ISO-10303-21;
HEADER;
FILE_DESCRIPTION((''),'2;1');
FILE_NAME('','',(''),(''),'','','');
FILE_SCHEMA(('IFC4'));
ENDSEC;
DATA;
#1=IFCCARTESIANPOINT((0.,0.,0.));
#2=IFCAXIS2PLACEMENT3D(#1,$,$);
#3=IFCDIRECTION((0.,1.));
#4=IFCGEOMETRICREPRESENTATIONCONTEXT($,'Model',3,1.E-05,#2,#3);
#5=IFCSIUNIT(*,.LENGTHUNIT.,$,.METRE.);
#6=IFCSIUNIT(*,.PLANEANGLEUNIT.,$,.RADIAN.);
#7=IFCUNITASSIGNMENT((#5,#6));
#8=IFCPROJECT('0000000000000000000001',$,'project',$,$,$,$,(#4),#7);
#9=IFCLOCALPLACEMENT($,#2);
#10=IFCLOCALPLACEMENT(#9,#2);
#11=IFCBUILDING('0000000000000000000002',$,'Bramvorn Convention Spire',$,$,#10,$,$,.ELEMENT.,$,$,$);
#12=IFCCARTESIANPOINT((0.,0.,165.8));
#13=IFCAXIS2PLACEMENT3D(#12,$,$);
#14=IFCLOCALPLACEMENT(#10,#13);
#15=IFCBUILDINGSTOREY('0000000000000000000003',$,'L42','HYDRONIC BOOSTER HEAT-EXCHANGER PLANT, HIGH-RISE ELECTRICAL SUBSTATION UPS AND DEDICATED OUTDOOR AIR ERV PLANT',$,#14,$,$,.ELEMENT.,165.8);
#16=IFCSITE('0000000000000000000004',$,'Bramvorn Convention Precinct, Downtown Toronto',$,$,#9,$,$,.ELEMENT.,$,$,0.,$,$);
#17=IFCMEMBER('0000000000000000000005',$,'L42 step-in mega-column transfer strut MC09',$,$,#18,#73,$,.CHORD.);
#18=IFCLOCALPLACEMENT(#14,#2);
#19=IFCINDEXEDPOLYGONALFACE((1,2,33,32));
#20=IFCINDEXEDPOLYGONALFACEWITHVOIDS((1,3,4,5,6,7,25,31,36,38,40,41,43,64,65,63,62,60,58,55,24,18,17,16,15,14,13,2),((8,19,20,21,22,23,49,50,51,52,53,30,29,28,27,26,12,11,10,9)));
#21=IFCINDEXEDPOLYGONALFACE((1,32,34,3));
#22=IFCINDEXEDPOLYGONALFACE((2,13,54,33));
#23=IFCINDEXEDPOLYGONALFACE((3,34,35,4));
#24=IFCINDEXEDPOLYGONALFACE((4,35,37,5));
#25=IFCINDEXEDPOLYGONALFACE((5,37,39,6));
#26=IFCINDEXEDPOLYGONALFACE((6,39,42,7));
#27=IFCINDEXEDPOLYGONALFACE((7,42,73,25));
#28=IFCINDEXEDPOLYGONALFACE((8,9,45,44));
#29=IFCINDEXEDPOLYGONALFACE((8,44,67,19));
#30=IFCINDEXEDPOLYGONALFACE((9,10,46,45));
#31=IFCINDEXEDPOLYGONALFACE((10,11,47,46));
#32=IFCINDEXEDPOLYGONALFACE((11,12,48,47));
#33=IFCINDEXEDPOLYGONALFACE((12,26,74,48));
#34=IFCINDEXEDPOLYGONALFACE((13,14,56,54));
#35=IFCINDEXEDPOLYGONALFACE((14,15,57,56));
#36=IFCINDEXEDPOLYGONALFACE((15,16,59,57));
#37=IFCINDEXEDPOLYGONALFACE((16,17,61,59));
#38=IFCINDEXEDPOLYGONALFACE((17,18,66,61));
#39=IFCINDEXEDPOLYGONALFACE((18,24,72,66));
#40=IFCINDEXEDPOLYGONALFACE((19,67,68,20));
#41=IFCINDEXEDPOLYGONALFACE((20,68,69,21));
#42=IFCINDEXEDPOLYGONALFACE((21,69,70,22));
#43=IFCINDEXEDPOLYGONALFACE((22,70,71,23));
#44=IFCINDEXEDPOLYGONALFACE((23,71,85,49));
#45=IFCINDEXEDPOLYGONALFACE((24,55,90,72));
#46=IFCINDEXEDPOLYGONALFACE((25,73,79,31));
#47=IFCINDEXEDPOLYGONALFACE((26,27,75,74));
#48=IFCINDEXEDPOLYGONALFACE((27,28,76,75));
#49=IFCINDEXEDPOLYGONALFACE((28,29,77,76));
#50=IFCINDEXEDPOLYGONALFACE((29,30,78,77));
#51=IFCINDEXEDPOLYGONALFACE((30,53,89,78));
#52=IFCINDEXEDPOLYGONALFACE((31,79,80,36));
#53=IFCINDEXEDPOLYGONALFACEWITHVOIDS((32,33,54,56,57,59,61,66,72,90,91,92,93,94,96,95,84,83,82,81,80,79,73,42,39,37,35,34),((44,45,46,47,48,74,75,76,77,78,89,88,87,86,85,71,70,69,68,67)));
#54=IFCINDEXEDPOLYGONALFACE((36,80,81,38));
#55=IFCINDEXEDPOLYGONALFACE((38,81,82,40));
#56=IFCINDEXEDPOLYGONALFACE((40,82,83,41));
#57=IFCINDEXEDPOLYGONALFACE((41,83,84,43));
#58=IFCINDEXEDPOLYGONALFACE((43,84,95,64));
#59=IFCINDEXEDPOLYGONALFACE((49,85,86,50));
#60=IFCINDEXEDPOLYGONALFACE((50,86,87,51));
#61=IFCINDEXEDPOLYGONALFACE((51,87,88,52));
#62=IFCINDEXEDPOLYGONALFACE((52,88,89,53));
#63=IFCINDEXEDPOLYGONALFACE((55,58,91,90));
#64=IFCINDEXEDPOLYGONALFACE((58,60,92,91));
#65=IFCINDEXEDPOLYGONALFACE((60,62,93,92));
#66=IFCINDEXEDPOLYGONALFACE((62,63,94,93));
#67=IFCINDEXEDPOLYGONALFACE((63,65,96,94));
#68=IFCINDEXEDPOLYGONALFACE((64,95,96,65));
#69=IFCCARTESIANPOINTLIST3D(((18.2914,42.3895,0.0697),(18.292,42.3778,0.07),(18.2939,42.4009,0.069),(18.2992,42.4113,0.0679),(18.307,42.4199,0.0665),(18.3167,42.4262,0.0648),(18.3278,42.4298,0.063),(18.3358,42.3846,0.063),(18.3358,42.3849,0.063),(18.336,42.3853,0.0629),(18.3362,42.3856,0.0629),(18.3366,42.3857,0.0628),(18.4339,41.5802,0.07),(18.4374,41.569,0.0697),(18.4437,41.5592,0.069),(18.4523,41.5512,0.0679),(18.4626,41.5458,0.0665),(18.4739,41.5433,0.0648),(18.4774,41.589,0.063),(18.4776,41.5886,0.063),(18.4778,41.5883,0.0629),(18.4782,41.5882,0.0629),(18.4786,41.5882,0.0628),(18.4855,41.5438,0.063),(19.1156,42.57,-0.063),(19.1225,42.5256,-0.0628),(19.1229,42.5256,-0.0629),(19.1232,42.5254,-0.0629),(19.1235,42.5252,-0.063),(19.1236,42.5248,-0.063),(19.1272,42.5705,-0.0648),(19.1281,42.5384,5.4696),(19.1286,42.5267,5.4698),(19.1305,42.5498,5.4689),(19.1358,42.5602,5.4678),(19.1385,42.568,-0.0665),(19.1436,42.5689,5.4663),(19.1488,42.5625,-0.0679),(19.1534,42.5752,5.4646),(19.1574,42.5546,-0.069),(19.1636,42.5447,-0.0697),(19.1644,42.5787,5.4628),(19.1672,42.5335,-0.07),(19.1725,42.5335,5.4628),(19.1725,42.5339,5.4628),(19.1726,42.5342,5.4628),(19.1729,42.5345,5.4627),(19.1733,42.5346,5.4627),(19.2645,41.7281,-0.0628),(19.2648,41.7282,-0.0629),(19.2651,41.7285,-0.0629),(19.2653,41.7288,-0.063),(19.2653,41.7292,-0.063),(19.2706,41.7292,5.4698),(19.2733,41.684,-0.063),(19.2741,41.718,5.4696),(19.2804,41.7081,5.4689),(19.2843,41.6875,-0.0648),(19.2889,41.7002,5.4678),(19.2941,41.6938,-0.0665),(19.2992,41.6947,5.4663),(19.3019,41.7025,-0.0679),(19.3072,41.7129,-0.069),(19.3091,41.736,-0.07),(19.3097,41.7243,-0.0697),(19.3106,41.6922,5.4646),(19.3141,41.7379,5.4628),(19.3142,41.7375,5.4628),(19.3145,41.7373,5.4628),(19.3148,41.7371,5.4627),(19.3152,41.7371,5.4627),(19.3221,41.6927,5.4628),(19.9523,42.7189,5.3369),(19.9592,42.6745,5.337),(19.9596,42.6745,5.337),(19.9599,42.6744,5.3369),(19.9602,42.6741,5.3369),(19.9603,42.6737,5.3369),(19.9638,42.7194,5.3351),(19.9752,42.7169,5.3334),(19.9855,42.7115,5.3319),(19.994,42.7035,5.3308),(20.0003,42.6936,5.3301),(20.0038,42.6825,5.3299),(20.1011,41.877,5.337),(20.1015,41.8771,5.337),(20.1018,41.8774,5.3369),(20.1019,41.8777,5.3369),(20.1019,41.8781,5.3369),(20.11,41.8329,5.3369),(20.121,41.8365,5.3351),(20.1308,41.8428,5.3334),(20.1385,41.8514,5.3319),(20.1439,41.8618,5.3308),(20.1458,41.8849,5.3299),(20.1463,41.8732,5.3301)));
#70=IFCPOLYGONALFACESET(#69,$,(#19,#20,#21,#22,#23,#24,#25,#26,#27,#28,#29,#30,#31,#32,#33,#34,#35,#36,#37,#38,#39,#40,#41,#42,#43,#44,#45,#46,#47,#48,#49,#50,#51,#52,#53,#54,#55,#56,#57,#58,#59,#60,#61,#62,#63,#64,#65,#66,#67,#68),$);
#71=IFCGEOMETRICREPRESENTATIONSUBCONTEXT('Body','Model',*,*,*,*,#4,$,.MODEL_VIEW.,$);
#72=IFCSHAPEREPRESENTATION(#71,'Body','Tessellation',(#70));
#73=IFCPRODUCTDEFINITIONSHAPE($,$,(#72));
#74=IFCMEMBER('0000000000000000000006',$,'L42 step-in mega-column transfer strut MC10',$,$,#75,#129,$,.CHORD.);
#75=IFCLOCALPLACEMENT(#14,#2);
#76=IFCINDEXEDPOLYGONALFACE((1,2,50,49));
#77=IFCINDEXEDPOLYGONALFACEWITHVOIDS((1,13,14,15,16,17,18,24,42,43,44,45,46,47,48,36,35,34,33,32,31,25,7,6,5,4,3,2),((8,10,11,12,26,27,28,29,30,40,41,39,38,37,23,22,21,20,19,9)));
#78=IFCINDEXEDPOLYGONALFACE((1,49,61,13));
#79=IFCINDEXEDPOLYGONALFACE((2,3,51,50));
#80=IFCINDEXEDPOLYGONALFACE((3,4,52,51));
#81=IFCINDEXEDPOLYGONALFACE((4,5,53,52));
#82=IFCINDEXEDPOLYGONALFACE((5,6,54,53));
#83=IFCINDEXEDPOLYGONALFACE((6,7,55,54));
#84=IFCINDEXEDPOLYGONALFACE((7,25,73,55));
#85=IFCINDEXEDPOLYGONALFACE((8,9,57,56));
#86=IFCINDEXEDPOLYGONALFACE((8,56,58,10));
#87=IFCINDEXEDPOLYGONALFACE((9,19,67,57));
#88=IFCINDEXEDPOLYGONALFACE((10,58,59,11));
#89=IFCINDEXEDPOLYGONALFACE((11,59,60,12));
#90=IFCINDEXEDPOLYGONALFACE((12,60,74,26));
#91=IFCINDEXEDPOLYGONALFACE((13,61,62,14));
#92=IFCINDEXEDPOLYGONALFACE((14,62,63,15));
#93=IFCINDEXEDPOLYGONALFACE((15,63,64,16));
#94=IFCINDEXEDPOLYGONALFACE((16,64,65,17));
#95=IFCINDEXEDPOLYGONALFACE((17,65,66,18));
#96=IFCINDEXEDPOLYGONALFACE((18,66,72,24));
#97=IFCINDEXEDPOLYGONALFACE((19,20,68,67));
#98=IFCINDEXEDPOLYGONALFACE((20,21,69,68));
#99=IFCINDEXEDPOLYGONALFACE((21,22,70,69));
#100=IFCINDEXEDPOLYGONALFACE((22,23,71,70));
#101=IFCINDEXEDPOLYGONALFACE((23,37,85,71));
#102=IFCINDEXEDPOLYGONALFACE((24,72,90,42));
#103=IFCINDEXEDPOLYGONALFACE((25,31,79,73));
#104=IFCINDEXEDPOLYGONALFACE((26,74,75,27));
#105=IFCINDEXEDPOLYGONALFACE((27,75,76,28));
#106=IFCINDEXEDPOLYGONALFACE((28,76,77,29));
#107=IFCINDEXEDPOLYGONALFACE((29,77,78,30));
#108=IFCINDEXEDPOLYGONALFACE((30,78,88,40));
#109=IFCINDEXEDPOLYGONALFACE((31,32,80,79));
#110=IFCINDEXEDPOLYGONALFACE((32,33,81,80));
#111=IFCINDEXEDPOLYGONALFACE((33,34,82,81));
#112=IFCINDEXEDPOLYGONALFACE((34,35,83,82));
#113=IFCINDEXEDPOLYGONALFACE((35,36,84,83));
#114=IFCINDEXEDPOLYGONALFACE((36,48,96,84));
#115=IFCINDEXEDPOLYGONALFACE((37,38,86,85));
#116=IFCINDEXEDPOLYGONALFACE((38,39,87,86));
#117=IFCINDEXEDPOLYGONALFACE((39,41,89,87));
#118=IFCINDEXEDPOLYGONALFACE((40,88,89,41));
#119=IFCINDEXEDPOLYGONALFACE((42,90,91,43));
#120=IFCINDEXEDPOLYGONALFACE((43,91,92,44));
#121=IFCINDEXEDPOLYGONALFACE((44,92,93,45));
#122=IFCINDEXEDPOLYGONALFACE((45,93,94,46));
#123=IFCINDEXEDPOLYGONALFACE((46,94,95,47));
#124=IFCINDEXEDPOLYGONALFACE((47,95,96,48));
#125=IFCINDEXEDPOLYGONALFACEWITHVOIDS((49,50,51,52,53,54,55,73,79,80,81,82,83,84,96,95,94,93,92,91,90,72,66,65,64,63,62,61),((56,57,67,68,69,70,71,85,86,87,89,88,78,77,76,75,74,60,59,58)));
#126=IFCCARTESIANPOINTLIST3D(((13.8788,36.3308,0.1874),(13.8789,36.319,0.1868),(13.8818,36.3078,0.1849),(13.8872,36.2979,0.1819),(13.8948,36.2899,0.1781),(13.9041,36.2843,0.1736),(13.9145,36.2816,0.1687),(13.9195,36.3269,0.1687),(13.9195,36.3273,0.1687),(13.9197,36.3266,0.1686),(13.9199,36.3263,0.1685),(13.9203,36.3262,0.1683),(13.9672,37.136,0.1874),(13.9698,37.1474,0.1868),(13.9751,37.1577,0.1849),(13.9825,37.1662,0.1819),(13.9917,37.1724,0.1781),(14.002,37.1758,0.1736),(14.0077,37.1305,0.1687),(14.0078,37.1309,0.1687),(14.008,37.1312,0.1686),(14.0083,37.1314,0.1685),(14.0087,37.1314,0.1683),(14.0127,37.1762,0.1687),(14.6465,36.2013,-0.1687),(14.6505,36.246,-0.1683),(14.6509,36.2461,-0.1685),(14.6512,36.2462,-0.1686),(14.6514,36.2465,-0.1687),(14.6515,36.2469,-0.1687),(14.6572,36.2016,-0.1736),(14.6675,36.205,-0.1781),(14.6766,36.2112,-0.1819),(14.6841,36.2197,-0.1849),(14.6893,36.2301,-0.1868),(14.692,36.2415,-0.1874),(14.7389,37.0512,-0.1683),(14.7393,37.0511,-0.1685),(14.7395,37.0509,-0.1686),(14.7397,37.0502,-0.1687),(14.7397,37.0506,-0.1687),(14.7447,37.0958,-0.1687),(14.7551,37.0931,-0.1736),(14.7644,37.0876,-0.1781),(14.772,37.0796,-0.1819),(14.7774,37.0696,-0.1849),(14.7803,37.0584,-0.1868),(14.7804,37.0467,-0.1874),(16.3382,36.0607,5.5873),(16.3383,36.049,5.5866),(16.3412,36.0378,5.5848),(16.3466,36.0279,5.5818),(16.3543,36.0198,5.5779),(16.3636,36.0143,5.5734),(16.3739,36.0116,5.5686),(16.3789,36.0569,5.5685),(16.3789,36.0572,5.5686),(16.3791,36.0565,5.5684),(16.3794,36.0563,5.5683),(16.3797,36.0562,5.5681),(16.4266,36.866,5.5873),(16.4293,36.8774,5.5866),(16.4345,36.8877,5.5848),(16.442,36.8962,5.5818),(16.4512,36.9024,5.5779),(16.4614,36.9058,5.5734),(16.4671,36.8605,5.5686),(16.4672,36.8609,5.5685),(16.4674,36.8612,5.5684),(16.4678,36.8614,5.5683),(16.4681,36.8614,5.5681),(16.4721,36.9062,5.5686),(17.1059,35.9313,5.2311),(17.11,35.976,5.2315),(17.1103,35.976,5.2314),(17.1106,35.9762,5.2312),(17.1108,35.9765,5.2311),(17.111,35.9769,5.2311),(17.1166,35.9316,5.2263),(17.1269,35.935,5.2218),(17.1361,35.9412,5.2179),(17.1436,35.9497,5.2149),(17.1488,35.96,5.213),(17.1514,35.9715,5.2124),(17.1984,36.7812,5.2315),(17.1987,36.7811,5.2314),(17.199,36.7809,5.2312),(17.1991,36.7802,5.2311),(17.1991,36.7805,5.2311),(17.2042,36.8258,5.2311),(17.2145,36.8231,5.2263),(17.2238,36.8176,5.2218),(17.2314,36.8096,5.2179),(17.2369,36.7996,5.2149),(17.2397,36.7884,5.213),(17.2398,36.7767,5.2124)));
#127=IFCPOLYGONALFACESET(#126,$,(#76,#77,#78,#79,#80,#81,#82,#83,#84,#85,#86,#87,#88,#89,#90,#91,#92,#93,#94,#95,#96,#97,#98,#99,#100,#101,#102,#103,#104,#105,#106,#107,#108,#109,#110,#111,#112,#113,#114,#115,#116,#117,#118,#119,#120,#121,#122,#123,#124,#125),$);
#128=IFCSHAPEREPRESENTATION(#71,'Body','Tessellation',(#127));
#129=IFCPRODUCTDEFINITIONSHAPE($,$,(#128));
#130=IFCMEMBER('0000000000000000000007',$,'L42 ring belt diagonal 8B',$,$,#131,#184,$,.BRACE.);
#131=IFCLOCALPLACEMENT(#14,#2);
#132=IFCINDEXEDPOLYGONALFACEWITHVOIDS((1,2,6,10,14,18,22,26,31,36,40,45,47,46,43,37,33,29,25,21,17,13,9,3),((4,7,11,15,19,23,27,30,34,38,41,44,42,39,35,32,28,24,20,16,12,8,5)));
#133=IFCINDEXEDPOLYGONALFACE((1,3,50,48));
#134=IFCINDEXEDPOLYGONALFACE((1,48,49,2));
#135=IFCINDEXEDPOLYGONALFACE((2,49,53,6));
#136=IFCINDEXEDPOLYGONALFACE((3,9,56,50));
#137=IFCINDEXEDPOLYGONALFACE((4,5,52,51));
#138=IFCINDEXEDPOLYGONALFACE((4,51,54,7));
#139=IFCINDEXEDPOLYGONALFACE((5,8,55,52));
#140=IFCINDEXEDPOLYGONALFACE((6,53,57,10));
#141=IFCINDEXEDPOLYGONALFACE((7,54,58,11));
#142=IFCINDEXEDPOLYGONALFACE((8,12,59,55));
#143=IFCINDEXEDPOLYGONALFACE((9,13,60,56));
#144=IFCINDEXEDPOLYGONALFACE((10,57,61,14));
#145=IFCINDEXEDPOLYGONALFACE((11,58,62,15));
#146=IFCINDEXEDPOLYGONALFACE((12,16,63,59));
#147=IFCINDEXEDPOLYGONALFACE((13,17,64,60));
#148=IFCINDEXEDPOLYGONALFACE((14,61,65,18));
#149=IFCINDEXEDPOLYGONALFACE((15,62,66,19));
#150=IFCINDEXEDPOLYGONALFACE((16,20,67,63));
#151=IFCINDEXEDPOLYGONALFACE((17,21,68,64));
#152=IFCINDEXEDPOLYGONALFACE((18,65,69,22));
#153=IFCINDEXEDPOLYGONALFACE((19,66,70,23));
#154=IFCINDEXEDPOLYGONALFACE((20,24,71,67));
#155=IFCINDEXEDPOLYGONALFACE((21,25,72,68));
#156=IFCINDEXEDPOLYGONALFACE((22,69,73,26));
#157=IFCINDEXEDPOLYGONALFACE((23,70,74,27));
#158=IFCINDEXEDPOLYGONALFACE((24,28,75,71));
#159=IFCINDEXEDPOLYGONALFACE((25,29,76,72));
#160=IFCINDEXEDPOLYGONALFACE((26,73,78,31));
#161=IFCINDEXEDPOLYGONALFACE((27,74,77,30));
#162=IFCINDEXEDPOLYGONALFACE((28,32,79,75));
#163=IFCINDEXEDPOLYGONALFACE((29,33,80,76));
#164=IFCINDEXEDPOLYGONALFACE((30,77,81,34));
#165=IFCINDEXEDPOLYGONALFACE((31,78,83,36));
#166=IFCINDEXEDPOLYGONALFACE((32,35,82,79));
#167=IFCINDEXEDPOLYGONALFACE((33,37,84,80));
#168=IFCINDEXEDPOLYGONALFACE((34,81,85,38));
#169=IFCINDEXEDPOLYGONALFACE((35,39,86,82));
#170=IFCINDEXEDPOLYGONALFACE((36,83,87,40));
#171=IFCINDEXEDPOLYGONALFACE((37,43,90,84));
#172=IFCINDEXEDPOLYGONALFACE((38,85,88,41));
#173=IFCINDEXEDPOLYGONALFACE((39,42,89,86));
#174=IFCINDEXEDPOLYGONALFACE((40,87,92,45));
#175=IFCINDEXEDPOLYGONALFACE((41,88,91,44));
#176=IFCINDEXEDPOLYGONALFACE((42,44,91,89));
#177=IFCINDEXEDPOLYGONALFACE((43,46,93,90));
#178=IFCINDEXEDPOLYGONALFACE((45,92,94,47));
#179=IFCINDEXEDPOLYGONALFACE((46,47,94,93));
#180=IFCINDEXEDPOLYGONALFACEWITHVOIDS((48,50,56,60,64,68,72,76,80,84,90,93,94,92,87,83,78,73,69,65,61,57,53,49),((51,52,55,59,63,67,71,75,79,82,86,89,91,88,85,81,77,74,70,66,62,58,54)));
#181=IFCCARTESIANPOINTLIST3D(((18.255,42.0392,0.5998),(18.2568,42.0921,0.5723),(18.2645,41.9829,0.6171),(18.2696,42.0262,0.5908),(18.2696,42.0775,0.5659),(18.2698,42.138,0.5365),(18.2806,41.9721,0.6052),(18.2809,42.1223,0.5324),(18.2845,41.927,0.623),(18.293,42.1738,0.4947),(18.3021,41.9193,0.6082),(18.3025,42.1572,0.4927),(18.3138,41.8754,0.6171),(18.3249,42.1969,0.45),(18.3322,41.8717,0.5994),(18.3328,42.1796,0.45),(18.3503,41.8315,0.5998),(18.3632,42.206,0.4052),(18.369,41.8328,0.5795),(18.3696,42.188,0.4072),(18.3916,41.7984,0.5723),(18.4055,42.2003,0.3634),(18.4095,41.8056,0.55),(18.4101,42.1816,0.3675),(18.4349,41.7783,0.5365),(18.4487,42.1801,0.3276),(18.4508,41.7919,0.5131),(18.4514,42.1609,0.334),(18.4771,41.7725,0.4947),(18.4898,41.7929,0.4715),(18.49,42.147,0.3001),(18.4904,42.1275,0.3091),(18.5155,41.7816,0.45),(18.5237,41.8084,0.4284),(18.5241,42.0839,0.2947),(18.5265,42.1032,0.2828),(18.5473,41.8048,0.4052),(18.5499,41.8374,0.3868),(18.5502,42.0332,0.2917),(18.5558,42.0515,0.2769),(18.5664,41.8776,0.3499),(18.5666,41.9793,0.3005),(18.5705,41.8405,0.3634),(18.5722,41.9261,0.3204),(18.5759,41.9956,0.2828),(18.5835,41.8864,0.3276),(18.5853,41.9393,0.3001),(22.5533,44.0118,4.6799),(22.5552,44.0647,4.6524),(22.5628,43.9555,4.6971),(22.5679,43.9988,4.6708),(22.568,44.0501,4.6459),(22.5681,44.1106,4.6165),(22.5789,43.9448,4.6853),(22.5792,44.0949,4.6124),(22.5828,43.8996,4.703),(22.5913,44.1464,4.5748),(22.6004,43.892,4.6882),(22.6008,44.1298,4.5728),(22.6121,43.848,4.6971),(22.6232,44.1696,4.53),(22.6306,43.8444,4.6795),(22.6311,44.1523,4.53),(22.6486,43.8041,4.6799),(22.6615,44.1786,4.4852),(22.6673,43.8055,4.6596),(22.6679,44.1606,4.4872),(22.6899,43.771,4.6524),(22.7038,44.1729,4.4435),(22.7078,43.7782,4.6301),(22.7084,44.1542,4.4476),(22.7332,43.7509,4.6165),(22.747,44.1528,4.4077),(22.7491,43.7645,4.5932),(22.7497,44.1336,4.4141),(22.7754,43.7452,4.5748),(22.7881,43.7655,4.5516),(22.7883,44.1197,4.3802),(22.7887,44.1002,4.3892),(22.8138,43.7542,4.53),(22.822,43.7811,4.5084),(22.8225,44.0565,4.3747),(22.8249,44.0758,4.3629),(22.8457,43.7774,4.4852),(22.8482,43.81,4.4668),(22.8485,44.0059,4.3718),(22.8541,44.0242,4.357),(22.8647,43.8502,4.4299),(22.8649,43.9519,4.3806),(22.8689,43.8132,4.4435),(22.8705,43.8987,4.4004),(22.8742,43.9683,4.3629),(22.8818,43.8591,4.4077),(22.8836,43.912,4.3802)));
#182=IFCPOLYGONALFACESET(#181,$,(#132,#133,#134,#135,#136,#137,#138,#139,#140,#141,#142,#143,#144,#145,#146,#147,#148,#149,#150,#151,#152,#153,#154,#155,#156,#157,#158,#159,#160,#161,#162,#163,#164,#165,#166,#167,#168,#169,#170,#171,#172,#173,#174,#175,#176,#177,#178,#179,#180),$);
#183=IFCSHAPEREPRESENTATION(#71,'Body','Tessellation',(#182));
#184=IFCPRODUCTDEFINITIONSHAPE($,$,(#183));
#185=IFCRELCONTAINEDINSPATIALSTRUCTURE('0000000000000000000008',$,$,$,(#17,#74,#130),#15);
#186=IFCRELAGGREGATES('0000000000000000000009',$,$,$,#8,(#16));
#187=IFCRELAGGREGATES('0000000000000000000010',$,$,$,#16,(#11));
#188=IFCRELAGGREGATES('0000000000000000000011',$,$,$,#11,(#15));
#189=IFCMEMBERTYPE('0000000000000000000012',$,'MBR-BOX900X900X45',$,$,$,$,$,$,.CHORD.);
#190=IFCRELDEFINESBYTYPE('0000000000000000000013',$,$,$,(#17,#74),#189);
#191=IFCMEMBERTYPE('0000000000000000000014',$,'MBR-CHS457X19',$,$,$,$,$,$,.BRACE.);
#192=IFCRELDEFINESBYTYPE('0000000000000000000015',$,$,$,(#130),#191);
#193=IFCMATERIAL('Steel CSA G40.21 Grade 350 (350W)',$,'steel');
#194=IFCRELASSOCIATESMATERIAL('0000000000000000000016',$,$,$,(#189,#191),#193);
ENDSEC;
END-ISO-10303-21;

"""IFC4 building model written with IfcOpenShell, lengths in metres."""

from ifc_helpers import new_model, si_unit, direction, frame, origin, origin_2d, place, context, subcontext, project, spatial, hollow_rectangle, hollow_circle, extrude, material, material_profile, profile_set, type_object, element, save


model = new_model("IFC4")

# Units and contexts
model_context = context("Model", 3, precision=1e-05, world=origin(), true_north=direction((0.0, 1.0)))
body_context = subcontext(model_context, "Body", "Model", "MODEL_VIEW")
ifc_project = project(units=[si_unit("LENGTHUNIT", "METRE"), si_unit("PLANEANGLEUNIT", "RADIAN")], contexts=[model_context])

# Site, building, storey
site_placement = place(None, origin())
site = spatial("IfcSite", under=ifc_project, at=site_placement, Name="Bramvorn Convention Precinct, Downtown Toronto", CompositionType="ELEMENT", RefElevation=0.0)
building_placement = place(site_placement, origin())
building = spatial("IfcBuilding", under=site, at=building_placement, Name="Bramvorn Convention Spire", CompositionType="ELEMENT")
storey_placement = place(building_placement, frame((0.0, 0.0, 165.8)))
storey = spatial("IfcBuildingStorey", under=building, at=storey_placement, Name="L42", Description="HYDRONIC BOOSTER HEAT-EXCHANGER PLANT, HIGH-RISE ELECTRICAL SUBSTATION UPS AND DEDICATED OUTDOOR AIR ERV PLANT", CompositionType="ELEMENT", Elevation=165.8)

# Shared definitions
ifc_material_1 = material(Name="Steel CSA G40.21 Grade 350 (350W)", Category="steel")

# Members
ifc_material_profile_1 = material_profile(ifc_material_1, hollow_rectangle(XDim=0.8999, YDim=0.8999, WallThickness=0.0449, InnerFilletRadius=0.001, OuterFilletRadius=0.0449, at=origin_2d()))
ifc_profile_set_1 = profile_set([ifc_material_profile_1], Name="Steel CSA G40.21 Grade 350 (350W) - BOX900X900X45")
member_type_1 = type_object("IfcMemberType", Name="MBR-BOX900X900X45", PredefinedType="CHORD", material=ifc_profile_set_1)
member_1_placement = place(storey_placement, frame((18.8005, 42.0569, 0.0), z_axis=(0.153058, 0.027244, 0.987842), x_axis=(-0.175244, 0.984525, 0.0)))
element("IfcMember", 1, at=member_1_placement, inside=storey, type_object=member_type_1, Name="L42 step-in mega-column transfer strut MC09", PredefinedType="CHORD", context=body_context, shape_type="SweptSolid", body=[
    extrude(hollow_rectangle(XDim=0.8999, YDim=0.8999, WallThickness=0.0449, InnerFilletRadius=0.001, OuterFilletRadius=0.0449, at=origin_2d()), origin(), (0.0, 0.0, 1.0), 5.4663),
])
member_2_placement = place(storey_placement, frame((14.3296, 36.6887, 0.0), z_axis=(0.414069, -0.04546, 0.90911), x_axis=(0.109132, 0.994027, 0.0)))
element("IfcMember", 2, at=member_2_placement, inside=storey, type_object=member_type_1, Name="L42 step-in mega-column transfer strut MC10", PredefinedType="CHORD", context=body_context, shape_type="SweptSolid", body=[
    extrude(hollow_rectangle(XDim=0.8999, YDim=0.8999, WallThickness=0.0449, InnerFilletRadius=0.001, OuterFilletRadius=0.0449, at=origin_2d()), origin(), (0.0, 0.0, 1.0), 5.9397),
])
ifc_material_profile_2 = material_profile(ifc_material_1, hollow_circle(Radius=0.2285, WallThickness=0.019, at=origin_2d()))
ifc_profile_set_2 = profile_set([ifc_material_profile_2], Name="Steel CSA G40.21 Grade 350 (350W) - CHS457X19")
member_type_2 = type_object("IfcMemberType", Name="MBR-CHS457X19", PredefinedType="BRACE", material=ifc_profile_set_2)
member_3_placement = place(storey_placement, frame((18.4202, 41.9893, 0.45), z_axis=(0.688161, 0.315821, 0.653217), x_axis=(-0.417106, 0.908858, 0.0)))
element("IfcMember", 3, at=member_3_placement, inside=storey, type_object=member_type_2, Name="L42 ring belt diagonal 8B", PredefinedType="BRACE", context=body_context, shape_type="SweptSolid", body=[
    extrude(hollow_circle(Radius=0.2285, WallThickness=0.019, at=origin_2d()), origin(), (0.0, 0.0, 1.0), 6.2461),
])

save(model, "model.ifc")
